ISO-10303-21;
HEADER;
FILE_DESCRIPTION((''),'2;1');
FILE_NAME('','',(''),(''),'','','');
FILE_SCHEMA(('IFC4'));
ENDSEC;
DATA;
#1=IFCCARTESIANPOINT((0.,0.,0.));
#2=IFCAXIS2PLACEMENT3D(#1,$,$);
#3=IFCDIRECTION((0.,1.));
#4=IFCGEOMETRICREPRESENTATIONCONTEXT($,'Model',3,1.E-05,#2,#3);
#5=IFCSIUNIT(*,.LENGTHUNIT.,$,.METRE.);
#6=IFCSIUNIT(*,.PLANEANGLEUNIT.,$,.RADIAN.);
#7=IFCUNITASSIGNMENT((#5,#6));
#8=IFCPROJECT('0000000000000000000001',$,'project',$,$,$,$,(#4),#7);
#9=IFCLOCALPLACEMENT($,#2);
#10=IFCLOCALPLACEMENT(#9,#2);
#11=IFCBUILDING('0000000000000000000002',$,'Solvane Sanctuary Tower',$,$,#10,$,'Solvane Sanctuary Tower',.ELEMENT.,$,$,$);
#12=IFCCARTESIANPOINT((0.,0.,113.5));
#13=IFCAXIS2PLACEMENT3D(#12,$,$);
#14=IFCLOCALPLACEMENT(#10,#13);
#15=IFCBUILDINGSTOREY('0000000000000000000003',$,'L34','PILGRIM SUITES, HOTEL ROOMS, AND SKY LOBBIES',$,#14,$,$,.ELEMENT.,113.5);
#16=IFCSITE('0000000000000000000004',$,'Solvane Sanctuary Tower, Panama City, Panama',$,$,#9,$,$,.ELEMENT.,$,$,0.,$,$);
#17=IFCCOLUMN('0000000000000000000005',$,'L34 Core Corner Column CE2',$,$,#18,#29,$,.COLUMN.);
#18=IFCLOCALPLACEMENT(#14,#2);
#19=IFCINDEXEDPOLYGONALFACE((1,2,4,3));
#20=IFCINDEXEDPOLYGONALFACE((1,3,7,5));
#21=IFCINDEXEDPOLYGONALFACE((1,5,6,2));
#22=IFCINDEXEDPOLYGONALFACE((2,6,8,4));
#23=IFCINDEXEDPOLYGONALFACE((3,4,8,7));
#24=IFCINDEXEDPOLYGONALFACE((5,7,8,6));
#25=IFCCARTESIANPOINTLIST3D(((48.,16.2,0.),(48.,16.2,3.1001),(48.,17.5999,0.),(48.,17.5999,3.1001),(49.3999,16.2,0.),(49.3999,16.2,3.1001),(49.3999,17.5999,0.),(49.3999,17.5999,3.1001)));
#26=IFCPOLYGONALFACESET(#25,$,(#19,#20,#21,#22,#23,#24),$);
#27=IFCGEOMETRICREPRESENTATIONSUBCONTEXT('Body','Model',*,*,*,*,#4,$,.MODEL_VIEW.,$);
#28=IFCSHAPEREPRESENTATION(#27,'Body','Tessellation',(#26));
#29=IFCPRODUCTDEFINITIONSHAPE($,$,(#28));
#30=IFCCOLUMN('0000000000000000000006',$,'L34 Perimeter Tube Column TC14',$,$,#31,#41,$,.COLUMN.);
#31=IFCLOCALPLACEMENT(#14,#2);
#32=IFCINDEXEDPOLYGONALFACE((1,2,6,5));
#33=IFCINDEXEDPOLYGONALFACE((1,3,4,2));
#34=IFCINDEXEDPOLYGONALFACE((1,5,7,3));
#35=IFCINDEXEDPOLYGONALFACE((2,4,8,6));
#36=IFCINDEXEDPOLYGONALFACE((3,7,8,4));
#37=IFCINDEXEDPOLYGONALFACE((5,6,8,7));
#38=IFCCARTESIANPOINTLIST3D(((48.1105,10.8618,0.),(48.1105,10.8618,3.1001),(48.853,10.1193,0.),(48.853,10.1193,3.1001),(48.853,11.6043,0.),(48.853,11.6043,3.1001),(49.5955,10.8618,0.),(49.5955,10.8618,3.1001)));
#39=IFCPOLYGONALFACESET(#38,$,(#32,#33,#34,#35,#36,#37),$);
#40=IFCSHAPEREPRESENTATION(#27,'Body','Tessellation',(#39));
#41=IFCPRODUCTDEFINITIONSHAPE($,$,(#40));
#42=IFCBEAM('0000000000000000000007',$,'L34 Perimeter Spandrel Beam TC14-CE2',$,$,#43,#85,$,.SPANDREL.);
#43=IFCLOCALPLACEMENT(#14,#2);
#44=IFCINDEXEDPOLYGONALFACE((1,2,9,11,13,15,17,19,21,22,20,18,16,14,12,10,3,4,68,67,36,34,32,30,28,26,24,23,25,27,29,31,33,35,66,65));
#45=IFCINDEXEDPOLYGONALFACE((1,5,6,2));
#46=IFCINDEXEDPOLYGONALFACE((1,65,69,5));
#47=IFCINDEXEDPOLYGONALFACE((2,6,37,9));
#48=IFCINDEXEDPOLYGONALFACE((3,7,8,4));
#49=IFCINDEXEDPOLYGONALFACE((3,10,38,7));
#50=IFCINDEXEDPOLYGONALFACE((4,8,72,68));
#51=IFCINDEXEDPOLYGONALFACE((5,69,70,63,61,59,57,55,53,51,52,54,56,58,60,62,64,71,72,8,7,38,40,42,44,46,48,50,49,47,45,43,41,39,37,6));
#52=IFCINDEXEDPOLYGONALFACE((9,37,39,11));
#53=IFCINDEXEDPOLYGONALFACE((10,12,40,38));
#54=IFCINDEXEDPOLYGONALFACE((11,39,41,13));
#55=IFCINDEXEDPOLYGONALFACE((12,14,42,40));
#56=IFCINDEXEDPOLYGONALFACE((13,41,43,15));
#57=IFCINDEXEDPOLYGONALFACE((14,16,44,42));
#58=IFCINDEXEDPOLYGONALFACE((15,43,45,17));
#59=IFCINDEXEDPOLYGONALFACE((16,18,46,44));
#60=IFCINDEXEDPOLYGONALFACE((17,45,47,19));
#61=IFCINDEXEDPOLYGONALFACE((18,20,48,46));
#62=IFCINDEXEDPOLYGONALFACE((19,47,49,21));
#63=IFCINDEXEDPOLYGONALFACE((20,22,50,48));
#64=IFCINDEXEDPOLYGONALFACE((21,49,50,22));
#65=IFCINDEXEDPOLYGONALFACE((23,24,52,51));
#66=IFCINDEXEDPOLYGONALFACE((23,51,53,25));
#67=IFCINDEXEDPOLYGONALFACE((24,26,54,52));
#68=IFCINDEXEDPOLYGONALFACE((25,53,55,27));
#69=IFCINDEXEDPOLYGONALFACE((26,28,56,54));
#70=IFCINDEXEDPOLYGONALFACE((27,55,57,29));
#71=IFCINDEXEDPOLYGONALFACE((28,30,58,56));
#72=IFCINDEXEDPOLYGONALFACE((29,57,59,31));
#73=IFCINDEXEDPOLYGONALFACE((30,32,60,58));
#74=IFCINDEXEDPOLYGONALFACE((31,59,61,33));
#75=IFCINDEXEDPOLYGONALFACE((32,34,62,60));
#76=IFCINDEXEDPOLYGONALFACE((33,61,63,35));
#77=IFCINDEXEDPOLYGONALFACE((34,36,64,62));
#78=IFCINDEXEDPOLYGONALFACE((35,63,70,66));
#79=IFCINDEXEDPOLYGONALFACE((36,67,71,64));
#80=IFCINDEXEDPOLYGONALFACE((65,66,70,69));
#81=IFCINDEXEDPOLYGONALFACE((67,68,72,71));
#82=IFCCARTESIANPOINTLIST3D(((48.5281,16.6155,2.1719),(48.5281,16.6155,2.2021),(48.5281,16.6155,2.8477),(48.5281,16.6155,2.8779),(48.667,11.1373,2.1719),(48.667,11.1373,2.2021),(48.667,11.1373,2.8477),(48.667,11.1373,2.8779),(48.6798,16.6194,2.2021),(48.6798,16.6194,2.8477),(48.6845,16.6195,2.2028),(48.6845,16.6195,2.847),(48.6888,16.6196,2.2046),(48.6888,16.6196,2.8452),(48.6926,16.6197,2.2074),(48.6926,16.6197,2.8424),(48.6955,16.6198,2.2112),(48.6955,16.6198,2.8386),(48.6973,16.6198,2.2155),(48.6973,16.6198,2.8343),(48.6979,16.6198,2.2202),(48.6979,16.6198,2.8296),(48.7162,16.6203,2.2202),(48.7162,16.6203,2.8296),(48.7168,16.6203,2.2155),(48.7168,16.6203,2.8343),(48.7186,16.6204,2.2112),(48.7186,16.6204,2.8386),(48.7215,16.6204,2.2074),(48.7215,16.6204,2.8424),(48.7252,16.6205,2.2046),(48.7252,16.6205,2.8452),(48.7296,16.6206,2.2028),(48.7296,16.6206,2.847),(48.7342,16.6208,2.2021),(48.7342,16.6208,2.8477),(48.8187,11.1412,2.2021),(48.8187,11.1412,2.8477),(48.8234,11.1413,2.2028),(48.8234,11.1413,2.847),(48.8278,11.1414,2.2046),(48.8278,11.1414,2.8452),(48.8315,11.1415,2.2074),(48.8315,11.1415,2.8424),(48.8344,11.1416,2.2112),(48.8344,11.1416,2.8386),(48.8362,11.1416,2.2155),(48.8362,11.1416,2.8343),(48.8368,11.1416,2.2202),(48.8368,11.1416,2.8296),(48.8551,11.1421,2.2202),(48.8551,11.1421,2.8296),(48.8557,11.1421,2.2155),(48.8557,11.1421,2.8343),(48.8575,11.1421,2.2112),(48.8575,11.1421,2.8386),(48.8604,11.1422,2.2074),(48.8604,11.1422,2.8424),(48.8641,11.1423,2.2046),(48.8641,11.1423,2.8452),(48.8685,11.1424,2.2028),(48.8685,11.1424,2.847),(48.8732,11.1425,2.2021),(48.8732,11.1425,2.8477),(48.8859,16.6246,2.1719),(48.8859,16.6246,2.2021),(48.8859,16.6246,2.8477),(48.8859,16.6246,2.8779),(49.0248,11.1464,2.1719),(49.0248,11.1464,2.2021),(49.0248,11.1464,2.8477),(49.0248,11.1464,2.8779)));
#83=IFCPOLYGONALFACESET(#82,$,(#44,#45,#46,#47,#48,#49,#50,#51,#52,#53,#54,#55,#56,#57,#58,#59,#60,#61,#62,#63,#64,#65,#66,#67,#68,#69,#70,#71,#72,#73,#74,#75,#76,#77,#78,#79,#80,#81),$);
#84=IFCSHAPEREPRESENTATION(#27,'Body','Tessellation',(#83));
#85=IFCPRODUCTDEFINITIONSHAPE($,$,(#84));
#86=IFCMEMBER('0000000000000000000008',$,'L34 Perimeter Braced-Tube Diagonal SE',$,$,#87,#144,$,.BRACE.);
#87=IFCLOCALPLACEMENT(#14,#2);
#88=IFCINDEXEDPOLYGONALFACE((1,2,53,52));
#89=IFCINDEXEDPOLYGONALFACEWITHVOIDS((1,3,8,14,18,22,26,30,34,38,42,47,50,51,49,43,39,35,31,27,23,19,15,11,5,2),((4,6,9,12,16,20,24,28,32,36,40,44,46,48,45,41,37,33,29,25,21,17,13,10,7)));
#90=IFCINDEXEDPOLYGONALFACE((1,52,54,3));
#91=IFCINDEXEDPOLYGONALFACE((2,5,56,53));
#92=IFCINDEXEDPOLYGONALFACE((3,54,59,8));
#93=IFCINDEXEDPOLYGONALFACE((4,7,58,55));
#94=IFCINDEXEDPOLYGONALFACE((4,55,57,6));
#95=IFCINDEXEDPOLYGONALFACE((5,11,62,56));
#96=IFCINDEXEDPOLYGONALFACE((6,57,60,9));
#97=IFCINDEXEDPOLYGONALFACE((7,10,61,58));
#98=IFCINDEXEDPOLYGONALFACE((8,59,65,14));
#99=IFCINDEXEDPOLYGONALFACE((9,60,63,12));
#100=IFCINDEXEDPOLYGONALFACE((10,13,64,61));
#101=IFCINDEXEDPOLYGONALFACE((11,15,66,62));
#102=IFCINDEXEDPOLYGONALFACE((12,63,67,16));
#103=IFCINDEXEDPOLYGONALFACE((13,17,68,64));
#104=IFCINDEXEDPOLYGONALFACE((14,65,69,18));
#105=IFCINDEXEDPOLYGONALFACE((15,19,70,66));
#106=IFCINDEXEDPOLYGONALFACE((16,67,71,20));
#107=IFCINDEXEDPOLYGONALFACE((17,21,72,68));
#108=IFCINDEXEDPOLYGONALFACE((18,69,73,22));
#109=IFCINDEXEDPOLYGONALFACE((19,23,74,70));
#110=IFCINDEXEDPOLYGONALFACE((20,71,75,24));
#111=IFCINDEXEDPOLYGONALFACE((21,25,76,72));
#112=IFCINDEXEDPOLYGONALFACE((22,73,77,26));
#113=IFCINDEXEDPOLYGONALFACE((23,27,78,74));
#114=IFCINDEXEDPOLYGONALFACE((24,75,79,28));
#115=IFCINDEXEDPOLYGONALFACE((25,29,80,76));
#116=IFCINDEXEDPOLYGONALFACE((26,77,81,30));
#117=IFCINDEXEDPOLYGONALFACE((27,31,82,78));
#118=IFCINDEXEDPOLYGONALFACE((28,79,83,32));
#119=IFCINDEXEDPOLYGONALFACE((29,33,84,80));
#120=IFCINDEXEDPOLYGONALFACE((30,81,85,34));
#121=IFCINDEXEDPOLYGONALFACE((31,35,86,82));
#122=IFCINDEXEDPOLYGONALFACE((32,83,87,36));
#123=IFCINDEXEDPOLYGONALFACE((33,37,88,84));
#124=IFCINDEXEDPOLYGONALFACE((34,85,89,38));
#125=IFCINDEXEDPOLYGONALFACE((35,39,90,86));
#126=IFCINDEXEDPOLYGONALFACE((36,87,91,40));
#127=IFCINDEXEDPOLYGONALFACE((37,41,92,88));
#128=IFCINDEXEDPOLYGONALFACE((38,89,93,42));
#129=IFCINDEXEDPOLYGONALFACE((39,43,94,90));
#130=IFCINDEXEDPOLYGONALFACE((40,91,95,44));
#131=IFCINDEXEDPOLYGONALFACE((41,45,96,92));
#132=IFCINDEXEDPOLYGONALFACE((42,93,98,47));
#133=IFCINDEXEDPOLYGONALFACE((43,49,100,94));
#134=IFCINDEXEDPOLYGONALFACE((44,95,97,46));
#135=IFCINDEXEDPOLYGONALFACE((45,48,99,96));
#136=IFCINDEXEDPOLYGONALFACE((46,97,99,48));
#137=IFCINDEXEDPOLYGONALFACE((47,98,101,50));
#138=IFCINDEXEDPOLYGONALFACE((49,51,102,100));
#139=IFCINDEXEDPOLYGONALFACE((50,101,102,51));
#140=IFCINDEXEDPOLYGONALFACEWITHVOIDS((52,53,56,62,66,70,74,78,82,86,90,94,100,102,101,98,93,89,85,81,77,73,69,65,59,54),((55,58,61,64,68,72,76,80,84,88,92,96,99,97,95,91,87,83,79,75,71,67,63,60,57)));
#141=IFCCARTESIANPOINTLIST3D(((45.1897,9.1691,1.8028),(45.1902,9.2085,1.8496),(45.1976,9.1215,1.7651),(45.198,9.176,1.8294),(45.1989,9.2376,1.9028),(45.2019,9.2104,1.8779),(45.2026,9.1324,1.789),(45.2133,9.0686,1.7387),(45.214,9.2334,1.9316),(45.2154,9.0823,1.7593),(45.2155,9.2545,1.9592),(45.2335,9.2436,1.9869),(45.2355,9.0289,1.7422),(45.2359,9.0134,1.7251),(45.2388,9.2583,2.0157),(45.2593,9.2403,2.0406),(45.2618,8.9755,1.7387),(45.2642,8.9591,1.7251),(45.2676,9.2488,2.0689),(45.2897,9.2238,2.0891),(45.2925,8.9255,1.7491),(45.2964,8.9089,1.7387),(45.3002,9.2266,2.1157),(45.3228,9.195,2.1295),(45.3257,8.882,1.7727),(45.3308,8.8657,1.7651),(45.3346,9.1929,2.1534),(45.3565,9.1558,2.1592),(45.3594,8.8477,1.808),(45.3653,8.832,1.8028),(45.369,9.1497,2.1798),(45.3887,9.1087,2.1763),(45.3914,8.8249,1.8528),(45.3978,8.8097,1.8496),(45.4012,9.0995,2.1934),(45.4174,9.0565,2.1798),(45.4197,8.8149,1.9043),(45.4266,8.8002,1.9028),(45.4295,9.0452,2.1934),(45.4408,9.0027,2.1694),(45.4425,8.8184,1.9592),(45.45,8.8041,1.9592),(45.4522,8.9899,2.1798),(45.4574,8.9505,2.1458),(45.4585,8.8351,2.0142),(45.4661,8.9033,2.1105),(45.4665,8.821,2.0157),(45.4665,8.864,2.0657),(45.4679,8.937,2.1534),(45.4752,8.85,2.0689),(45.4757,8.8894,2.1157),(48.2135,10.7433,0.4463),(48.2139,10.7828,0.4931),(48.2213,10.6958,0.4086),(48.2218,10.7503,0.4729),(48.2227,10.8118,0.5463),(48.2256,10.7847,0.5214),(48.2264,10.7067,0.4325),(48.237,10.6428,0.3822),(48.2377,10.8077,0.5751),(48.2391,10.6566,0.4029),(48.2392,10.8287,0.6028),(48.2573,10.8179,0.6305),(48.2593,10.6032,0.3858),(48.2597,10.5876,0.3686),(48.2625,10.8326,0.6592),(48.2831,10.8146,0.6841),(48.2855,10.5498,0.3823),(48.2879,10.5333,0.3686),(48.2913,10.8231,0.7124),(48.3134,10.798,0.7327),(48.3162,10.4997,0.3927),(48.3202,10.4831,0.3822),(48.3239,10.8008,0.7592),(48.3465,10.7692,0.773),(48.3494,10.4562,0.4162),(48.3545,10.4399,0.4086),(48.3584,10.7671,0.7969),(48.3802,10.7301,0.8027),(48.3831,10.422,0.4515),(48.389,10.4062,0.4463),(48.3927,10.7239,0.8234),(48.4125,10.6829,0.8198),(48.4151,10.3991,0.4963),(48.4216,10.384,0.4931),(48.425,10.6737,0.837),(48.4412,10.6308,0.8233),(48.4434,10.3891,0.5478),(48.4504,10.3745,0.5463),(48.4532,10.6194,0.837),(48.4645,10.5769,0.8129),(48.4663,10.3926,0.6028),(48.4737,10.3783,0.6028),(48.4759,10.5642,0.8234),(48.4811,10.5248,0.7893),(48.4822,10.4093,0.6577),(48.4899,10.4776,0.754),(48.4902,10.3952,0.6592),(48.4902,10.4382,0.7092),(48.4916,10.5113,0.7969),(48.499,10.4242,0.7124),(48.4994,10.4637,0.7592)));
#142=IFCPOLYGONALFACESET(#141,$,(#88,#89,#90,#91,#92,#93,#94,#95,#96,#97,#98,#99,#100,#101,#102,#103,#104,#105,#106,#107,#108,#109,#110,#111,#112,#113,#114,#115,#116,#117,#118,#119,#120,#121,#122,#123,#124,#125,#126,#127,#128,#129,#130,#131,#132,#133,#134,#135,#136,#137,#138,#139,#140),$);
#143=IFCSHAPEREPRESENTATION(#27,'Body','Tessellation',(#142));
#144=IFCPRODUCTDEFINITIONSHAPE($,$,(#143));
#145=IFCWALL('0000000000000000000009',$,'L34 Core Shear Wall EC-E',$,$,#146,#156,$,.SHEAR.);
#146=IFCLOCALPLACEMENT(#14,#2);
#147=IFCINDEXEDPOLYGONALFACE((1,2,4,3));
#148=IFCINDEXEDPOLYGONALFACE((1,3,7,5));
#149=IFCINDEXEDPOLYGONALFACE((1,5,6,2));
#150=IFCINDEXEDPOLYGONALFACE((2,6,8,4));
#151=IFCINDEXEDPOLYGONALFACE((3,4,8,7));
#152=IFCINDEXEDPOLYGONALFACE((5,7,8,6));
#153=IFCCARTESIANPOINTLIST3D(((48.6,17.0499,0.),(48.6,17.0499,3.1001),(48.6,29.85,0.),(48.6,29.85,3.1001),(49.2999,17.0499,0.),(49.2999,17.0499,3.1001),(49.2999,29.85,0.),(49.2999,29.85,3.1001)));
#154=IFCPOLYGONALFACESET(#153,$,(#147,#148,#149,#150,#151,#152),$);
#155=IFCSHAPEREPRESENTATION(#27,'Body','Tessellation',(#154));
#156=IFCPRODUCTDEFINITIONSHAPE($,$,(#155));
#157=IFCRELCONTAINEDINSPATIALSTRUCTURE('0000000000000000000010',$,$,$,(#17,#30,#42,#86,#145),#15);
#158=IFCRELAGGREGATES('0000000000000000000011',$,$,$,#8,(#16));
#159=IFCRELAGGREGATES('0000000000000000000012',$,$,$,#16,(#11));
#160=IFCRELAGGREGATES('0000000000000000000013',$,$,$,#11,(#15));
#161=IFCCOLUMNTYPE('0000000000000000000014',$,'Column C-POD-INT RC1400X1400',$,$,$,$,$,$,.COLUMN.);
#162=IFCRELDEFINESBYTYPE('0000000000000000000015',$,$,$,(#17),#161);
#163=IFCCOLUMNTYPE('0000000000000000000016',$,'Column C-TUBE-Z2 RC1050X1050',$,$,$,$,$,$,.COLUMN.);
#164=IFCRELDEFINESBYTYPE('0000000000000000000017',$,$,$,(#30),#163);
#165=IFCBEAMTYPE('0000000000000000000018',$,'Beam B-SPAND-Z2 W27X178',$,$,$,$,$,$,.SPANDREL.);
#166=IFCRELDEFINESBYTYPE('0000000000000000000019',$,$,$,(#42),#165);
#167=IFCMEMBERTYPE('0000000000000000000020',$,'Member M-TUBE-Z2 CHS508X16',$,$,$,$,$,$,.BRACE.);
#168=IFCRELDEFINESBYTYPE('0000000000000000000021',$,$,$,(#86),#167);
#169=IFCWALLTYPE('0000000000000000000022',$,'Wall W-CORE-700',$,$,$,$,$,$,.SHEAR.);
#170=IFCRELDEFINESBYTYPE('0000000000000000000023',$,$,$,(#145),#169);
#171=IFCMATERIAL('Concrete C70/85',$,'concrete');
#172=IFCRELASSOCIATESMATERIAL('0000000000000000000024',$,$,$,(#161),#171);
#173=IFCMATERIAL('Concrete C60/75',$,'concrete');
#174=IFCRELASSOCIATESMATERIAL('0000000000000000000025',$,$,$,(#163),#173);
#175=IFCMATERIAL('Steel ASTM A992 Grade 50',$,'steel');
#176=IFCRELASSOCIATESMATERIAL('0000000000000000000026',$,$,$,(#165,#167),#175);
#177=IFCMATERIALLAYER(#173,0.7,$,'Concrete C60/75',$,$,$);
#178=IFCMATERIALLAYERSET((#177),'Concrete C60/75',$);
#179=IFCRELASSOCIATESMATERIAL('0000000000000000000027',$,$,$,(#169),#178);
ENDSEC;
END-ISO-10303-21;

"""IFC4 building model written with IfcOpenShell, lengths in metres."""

from ifc_helpers import new_model, si_unit, direction, frame, frame_2d, origin, origin_2d, place, context, subcontext, project, spatial, rectangle, hollow_circle, i_section, extrude, material, layer, layer_set, material_profile, profile_set, type_object, element, save


model = new_model("IFC4")

# Units and contexts
model_context = context("Model", 3, precision=1e-05, world=origin(), true_north=direction((0.0, 1.0)))
body_context = subcontext(model_context, "Body", "Model", "MODEL_VIEW")
ifc_project = project(units=[si_unit("LENGTHUNIT", "METRE"), si_unit("PLANEANGLEUNIT", "RADIAN")], contexts=[model_context])

# Site, building, storey
site_placement = place(None, origin())
site = spatial("IfcSite", under=ifc_project, at=site_placement, Name="Solvane Sanctuary Tower, Panama City, Panama", CompositionType="ELEMENT", RefElevation=0.0)
building_placement = place(site_placement, origin())
building = spatial("IfcBuilding", under=site, at=building_placement, Name="Solvane Sanctuary Tower", LongName="Solvane Sanctuary Tower", CompositionType="ELEMENT")
storey_placement = place(building_placement, frame((0.0, 0.0, 113.5)))
storey = spatial("IfcBuildingStorey", under=building, at=storey_placement, Name="L34", Description="PILGRIM SUITES, HOTEL ROOMS, AND SKY LOBBIES", CompositionType="ELEMENT", Elevation=113.5)

# Columns
ifc_material_1 = material(Name="Concrete C70/85", Category="concrete")
ifc_material_profile_1 = material_profile(ifc_material_1, rectangle(XDim=1.3999, YDim=1.3999, at=origin_2d()), Name="RC1400X1400")
ifc_profile_set_1 = profile_set([ifc_material_profile_1], Name="Concrete C70/85")
column_type_1 = type_object("IfcColumnType", Name="Column C-POD-INT RC1400X1400", PredefinedType="COLUMN", material=ifc_profile_set_1)
column_1_placement = place(storey_placement, frame((48.7, 16.8999, 0.0), z_axis=(0.0, 0.0, 1.0), x_axis=(1.0, 0.0, 0.0)))
element("IfcColumn", 1, at=column_1_placement, inside=storey, type_object=column_type_1, Name="L34 Core Corner Column CE2", PredefinedType="COLUMN", context=body_context, shape_type="SweptSolid", body=[
    extrude(rectangle(XDim=1.3999, YDim=1.3999, at=origin_2d()), origin(), (0.0, 0.0, 1.0), 3.1001),
])
ifc_material_2 = material(Name="Concrete C60/75", Category="concrete")
ifc_material_profile_2 = material_profile(ifc_material_2, rectangle(XDim=1.05, YDim=1.05, at=origin_2d()), Name="RC1050X1050")
ifc_profile_set_2 = profile_set([ifc_material_profile_2], Name="Concrete C60/75")
column_type_2 = type_object("IfcColumnType", Name="Column C-TUBE-Z2 RC1050X1050", PredefinedType="COLUMN", material=ifc_profile_set_2)
column_2_placement = place(storey_placement, frame((48.853, 10.8618, 0.0), z_axis=(0.0, 0.0, 1.0), x_axis=(0.707107, -0.707107, 0.0)))
element("IfcColumn", 2, at=column_2_placement, inside=storey, type_object=column_type_2, Name="L34 Perimeter Tube Column TC14", PredefinedType="COLUMN", context=body_context, shape_type="SweptSolid", body=[
    extrude(rectangle(XDim=1.05, YDim=1.05, at=origin_2d()), origin(), (0.0, 0.0, 1.0), 3.1001),
])

# Beam
ifc_material_3 = material(Name="Steel ASTM A992 Grade 50", Category="steel")
ifc_material_profile_3 = material_profile(ifc_material_3, i_section(OverallWidth=0.3579, OverallDepth=0.7061, WebThickness=0.0183, FlangeThickness=0.0303, FilletRadius=0.0181, at=origin_2d()), Name="W27X178")
ifc_profile_set_3 = profile_set([ifc_material_profile_3], Name="Steel ASTM A992 Grade 50")
beam_type = type_object("IfcBeamType", Name="Beam B-SPAND-Z2 W27X178", PredefinedType="SPANDREL", material=ifc_profile_set_3)
beam_placement = place(storey_placement, frame((48.8459, 11.1418, 2.5249), z_axis=(-0.025349, 0.999679, 0.0), x_axis=(-0.999679, -0.025349, 0.0)))
element("IfcBeam", 3, at=beam_placement, inside=storey, type_object=beam_type, Name="L34 Perimeter Spandrel Beam TC14-CE2", PredefinedType="SPANDREL", context=body_context, shape_type="SweptSolid", body=[
    extrude(i_section(OverallWidth=0.3579, OverallDepth=0.7061, WebThickness=0.0183, FlangeThickness=0.0303, FilletRadius=0.0181, at=origin_2d()), origin(), (0.0, 0.0, 1.0), 5.48),
])

# Member
ifc_material_profile_4 = material_profile(ifc_material_3, hollow_circle(Radius=0.2539, WallThickness=0.0161, at=origin_2d()), Name="CHS508X16")
ifc_profile_set_4 = profile_set([ifc_material_profile_4], Name="Steel ASTM A992 Grade 50")
member_type = type_object("IfcMemberType", Name="Member M-TUBE-Z2 CHS508X16", PredefinedType="BRACE", material=ifc_profile_set_4)
member_placement = place(storey_placement, frame((48.3564, 10.6035, 0.6028), z_axis=(-0.824141, -0.429072, 0.369715), x_axis=(0.461792, -0.886988, 0.0)))
element("IfcMember", 4, at=member_placement, inside=storey, type_object=member_type, Name="L34 Perimeter Braced-Tube Diagonal SE", PredefinedType="BRACE", context=body_context, shape_type="SweptSolid", body=[
    extrude(hollow_circle(Radius=0.2539, WallThickness=0.0161, at=origin_2d()), origin(), (0.0, 0.0, 1.0), 3.6689),
])

# Wall
ifc_layer_1 = layer(ifc_material_2, 0.7, Name="Concrete C60/75")
ifc_layer_set_1 = layer_set([ifc_layer_1], Name="Concrete C60/75")
wall_type_1 = type_object("IfcWallType", Name="Wall W-CORE-700", PredefinedType="SHEAR", material=ifc_layer_set_1)
wall_1_placement = place(storey_placement, frame((48.95, 17.05, 0.0), z_axis=(0.0, 0.0, 1.0), x_axis=(0.0, 1.0, 0.0)))
element("IfcWall", 5, at=wall_1_placement, inside=storey, type_object=wall_type_1, Name="L34 Core Shear Wall EC-E", PredefinedType="SHEAR", context=body_context, shape_type="SweptSolid", body=[
    extrude(rectangle(XDim=12.8, YDim=0.7, at=frame_2d((6.3999, 0.0))), origin(), (0.0, 0.0, 1.0), 3.1001),
])

save(model, "model.ifc")
